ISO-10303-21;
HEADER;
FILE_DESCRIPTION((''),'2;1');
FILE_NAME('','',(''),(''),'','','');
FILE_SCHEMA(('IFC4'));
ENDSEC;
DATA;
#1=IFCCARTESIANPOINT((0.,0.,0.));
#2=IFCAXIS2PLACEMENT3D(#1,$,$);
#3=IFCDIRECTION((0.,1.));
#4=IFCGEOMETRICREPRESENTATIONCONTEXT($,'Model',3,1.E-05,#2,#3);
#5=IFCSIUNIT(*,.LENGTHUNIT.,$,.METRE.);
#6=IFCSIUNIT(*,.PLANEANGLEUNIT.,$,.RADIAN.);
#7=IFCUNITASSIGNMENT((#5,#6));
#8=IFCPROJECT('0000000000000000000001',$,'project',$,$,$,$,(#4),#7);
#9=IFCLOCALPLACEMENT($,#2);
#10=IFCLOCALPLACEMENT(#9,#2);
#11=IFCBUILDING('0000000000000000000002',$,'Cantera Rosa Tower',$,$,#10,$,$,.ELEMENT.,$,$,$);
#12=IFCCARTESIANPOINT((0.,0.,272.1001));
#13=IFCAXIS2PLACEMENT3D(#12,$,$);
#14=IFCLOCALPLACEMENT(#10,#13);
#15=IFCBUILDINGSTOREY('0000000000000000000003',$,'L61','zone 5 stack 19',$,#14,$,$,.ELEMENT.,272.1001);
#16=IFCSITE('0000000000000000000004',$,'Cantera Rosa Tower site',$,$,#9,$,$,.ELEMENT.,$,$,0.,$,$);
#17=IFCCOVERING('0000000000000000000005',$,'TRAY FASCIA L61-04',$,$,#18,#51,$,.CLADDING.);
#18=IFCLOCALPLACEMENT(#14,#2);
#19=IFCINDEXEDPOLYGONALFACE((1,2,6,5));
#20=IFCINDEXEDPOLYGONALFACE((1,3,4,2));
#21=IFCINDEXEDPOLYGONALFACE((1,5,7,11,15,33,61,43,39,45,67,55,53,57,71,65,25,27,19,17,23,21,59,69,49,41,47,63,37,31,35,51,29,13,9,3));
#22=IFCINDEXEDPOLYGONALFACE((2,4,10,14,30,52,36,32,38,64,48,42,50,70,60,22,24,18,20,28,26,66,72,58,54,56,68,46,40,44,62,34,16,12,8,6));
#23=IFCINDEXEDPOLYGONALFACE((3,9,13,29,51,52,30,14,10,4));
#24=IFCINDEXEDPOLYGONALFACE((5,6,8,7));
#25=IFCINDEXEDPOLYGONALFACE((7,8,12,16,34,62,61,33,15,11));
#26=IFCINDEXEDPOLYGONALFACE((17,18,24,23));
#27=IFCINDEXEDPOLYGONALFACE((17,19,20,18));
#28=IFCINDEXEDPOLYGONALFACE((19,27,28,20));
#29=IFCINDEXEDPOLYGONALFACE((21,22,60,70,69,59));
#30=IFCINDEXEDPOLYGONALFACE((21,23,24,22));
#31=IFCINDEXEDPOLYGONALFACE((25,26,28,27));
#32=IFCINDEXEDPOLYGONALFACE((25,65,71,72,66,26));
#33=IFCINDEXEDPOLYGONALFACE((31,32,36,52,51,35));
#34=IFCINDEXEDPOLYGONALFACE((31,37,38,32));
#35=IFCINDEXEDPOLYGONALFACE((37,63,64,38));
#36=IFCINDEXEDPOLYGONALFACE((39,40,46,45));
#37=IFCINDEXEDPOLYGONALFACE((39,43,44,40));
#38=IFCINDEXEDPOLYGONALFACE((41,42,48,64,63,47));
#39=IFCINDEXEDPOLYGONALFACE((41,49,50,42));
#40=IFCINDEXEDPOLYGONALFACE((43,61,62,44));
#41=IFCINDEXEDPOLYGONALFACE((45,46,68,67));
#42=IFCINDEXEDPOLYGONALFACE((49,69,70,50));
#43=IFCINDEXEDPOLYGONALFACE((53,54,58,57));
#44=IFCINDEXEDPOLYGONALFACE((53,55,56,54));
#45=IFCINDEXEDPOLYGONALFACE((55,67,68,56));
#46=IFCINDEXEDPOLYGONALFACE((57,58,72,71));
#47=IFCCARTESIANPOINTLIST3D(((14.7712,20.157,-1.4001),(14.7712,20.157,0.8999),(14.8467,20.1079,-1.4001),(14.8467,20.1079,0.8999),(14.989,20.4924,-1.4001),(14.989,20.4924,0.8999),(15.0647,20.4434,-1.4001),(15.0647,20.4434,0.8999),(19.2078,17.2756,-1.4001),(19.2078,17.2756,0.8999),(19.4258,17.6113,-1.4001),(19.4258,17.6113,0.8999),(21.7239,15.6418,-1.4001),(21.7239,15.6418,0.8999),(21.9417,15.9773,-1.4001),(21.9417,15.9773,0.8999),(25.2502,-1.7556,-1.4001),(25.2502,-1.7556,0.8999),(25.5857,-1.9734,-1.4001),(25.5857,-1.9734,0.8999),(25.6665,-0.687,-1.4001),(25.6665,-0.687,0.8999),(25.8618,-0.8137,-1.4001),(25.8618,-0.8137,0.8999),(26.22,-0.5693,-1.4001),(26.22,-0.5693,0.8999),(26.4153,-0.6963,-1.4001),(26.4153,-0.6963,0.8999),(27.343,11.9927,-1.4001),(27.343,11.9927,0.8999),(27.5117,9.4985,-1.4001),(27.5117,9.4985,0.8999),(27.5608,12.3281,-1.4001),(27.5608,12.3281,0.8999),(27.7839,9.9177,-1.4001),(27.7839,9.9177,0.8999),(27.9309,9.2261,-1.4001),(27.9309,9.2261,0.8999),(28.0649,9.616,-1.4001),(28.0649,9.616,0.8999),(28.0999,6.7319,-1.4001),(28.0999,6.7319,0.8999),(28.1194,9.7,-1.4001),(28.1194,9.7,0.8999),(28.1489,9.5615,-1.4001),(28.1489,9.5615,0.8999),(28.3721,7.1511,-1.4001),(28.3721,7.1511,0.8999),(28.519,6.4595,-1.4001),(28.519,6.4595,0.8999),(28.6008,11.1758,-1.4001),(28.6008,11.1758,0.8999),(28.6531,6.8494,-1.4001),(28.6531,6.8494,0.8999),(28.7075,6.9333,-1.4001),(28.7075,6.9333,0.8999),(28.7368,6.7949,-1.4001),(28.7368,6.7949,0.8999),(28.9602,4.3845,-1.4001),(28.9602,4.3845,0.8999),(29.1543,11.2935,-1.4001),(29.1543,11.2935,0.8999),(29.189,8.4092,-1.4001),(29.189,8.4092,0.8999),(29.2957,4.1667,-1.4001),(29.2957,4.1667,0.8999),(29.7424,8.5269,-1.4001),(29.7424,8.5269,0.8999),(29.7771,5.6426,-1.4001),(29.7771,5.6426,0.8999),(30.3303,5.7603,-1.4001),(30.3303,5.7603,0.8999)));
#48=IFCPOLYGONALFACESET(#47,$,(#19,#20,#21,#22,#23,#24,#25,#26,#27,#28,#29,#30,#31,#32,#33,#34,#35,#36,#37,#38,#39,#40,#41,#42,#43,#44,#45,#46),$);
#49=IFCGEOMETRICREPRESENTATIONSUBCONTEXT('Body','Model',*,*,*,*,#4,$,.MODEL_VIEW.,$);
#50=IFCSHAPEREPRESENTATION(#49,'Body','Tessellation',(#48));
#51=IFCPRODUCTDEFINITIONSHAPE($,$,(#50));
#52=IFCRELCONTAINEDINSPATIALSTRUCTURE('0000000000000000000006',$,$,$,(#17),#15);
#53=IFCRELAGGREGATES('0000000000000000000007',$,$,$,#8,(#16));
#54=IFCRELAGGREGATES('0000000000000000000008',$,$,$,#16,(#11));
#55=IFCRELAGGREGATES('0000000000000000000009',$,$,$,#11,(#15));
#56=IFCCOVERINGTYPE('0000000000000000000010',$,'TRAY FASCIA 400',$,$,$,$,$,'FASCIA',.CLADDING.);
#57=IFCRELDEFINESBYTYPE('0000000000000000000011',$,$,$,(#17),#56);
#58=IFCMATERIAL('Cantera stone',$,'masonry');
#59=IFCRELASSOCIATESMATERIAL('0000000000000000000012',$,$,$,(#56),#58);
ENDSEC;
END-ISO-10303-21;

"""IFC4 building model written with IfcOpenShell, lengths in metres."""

from ifc_helpers import new_model, si_unit, direction, frame, origin, place, context, subcontext, project, spatial, polyline, outline, extrude, material, type_object, element, save


model = new_model("IFC4")

# Units and contexts
model_context = context("Model", 3, precision=1e-05, world=origin(), true_north=direction((0.0, 1.0)))
body_context = subcontext(model_context, "Body", "Model", "MODEL_VIEW")
ifc_project = project(units=[si_unit("LENGTHUNIT", "METRE"), si_unit("PLANEANGLEUNIT", "RADIAN")], contexts=[model_context])

# Site, building, storey
site_placement = place(None, origin())
site = spatial("IfcSite", under=ifc_project, at=site_placement, Name="Cantera Rosa Tower site", CompositionType="ELEMENT", RefElevation=0.0)
building_placement = place(site_placement, origin())
building = spatial("IfcBuilding", under=site, at=building_placement, Name="Cantera Rosa Tower", CompositionType="ELEMENT")
storey_placement = place(building_placement, frame((0.0, 0.0, 272.1001)))
storey = spatial("IfcBuildingStorey", under=building, at=storey_placement, Name="L61", Description="zone 5 stack 19", CompositionType="ELEMENT", Elevation=272.1001)

# Covering
ifc_material_1 = material(Name="Cantera stone", Category="masonry")
covering_type_1 = type_object("IfcCoveringType", Name="TRAY FASCIA 400", ElementType="FASCIA", PredefinedType="CLADDING", material=ifc_material_1)
covering_1_placement = place(storey_placement, frame((0.0, 0.0, -1.4001)))
element("IfcCovering", 1, at=covering_1_placement, inside=storey, type_object=covering_type_1, Name="TRAY FASCIA L61-04", PredefinedType="CLADDING", context=body_context, shape_type="SweptSolid", body=[
    extrude(outline(polyline([(15.0647, 20.4434), (19.4258, 17.6113), (21.9417, 15.9773), (27.5608, 12.3281), (29.1543, 11.2935), (28.1194, 9.7), (28.0649, 9.616), (28.1489, 9.5615), (29.7424, 8.5269), (28.7075, 6.9333), (28.6531, 6.8494), (28.7368, 6.7949), (30.3303, 5.7603), (29.2957, 4.1667), (26.22, -0.5693), (26.4153, -0.6963), (25.5857, -1.9734), (25.2502, -1.7556), (25.8618, -0.8137), (25.6665, -0.687), (28.9602, 4.3845), (29.7771, 5.6426), (28.519, 6.4595), (28.0999, 6.7319), (28.3721, 7.1511), (29.189, 8.4092), (27.9309, 9.2261), (27.5117, 9.4985), (27.7839, 9.9177), (28.6008, 11.1758), (27.343, 11.9927), (21.7239, 15.6418), (19.2078, 17.2756), (14.8467, 20.1079), (14.7712, 20.157), (14.989, 20.4924), (15.0647, 20.4434)])), origin(), (0.0, 0.0, 1.0), 2.3),
])

save(model, "model.ifc")
